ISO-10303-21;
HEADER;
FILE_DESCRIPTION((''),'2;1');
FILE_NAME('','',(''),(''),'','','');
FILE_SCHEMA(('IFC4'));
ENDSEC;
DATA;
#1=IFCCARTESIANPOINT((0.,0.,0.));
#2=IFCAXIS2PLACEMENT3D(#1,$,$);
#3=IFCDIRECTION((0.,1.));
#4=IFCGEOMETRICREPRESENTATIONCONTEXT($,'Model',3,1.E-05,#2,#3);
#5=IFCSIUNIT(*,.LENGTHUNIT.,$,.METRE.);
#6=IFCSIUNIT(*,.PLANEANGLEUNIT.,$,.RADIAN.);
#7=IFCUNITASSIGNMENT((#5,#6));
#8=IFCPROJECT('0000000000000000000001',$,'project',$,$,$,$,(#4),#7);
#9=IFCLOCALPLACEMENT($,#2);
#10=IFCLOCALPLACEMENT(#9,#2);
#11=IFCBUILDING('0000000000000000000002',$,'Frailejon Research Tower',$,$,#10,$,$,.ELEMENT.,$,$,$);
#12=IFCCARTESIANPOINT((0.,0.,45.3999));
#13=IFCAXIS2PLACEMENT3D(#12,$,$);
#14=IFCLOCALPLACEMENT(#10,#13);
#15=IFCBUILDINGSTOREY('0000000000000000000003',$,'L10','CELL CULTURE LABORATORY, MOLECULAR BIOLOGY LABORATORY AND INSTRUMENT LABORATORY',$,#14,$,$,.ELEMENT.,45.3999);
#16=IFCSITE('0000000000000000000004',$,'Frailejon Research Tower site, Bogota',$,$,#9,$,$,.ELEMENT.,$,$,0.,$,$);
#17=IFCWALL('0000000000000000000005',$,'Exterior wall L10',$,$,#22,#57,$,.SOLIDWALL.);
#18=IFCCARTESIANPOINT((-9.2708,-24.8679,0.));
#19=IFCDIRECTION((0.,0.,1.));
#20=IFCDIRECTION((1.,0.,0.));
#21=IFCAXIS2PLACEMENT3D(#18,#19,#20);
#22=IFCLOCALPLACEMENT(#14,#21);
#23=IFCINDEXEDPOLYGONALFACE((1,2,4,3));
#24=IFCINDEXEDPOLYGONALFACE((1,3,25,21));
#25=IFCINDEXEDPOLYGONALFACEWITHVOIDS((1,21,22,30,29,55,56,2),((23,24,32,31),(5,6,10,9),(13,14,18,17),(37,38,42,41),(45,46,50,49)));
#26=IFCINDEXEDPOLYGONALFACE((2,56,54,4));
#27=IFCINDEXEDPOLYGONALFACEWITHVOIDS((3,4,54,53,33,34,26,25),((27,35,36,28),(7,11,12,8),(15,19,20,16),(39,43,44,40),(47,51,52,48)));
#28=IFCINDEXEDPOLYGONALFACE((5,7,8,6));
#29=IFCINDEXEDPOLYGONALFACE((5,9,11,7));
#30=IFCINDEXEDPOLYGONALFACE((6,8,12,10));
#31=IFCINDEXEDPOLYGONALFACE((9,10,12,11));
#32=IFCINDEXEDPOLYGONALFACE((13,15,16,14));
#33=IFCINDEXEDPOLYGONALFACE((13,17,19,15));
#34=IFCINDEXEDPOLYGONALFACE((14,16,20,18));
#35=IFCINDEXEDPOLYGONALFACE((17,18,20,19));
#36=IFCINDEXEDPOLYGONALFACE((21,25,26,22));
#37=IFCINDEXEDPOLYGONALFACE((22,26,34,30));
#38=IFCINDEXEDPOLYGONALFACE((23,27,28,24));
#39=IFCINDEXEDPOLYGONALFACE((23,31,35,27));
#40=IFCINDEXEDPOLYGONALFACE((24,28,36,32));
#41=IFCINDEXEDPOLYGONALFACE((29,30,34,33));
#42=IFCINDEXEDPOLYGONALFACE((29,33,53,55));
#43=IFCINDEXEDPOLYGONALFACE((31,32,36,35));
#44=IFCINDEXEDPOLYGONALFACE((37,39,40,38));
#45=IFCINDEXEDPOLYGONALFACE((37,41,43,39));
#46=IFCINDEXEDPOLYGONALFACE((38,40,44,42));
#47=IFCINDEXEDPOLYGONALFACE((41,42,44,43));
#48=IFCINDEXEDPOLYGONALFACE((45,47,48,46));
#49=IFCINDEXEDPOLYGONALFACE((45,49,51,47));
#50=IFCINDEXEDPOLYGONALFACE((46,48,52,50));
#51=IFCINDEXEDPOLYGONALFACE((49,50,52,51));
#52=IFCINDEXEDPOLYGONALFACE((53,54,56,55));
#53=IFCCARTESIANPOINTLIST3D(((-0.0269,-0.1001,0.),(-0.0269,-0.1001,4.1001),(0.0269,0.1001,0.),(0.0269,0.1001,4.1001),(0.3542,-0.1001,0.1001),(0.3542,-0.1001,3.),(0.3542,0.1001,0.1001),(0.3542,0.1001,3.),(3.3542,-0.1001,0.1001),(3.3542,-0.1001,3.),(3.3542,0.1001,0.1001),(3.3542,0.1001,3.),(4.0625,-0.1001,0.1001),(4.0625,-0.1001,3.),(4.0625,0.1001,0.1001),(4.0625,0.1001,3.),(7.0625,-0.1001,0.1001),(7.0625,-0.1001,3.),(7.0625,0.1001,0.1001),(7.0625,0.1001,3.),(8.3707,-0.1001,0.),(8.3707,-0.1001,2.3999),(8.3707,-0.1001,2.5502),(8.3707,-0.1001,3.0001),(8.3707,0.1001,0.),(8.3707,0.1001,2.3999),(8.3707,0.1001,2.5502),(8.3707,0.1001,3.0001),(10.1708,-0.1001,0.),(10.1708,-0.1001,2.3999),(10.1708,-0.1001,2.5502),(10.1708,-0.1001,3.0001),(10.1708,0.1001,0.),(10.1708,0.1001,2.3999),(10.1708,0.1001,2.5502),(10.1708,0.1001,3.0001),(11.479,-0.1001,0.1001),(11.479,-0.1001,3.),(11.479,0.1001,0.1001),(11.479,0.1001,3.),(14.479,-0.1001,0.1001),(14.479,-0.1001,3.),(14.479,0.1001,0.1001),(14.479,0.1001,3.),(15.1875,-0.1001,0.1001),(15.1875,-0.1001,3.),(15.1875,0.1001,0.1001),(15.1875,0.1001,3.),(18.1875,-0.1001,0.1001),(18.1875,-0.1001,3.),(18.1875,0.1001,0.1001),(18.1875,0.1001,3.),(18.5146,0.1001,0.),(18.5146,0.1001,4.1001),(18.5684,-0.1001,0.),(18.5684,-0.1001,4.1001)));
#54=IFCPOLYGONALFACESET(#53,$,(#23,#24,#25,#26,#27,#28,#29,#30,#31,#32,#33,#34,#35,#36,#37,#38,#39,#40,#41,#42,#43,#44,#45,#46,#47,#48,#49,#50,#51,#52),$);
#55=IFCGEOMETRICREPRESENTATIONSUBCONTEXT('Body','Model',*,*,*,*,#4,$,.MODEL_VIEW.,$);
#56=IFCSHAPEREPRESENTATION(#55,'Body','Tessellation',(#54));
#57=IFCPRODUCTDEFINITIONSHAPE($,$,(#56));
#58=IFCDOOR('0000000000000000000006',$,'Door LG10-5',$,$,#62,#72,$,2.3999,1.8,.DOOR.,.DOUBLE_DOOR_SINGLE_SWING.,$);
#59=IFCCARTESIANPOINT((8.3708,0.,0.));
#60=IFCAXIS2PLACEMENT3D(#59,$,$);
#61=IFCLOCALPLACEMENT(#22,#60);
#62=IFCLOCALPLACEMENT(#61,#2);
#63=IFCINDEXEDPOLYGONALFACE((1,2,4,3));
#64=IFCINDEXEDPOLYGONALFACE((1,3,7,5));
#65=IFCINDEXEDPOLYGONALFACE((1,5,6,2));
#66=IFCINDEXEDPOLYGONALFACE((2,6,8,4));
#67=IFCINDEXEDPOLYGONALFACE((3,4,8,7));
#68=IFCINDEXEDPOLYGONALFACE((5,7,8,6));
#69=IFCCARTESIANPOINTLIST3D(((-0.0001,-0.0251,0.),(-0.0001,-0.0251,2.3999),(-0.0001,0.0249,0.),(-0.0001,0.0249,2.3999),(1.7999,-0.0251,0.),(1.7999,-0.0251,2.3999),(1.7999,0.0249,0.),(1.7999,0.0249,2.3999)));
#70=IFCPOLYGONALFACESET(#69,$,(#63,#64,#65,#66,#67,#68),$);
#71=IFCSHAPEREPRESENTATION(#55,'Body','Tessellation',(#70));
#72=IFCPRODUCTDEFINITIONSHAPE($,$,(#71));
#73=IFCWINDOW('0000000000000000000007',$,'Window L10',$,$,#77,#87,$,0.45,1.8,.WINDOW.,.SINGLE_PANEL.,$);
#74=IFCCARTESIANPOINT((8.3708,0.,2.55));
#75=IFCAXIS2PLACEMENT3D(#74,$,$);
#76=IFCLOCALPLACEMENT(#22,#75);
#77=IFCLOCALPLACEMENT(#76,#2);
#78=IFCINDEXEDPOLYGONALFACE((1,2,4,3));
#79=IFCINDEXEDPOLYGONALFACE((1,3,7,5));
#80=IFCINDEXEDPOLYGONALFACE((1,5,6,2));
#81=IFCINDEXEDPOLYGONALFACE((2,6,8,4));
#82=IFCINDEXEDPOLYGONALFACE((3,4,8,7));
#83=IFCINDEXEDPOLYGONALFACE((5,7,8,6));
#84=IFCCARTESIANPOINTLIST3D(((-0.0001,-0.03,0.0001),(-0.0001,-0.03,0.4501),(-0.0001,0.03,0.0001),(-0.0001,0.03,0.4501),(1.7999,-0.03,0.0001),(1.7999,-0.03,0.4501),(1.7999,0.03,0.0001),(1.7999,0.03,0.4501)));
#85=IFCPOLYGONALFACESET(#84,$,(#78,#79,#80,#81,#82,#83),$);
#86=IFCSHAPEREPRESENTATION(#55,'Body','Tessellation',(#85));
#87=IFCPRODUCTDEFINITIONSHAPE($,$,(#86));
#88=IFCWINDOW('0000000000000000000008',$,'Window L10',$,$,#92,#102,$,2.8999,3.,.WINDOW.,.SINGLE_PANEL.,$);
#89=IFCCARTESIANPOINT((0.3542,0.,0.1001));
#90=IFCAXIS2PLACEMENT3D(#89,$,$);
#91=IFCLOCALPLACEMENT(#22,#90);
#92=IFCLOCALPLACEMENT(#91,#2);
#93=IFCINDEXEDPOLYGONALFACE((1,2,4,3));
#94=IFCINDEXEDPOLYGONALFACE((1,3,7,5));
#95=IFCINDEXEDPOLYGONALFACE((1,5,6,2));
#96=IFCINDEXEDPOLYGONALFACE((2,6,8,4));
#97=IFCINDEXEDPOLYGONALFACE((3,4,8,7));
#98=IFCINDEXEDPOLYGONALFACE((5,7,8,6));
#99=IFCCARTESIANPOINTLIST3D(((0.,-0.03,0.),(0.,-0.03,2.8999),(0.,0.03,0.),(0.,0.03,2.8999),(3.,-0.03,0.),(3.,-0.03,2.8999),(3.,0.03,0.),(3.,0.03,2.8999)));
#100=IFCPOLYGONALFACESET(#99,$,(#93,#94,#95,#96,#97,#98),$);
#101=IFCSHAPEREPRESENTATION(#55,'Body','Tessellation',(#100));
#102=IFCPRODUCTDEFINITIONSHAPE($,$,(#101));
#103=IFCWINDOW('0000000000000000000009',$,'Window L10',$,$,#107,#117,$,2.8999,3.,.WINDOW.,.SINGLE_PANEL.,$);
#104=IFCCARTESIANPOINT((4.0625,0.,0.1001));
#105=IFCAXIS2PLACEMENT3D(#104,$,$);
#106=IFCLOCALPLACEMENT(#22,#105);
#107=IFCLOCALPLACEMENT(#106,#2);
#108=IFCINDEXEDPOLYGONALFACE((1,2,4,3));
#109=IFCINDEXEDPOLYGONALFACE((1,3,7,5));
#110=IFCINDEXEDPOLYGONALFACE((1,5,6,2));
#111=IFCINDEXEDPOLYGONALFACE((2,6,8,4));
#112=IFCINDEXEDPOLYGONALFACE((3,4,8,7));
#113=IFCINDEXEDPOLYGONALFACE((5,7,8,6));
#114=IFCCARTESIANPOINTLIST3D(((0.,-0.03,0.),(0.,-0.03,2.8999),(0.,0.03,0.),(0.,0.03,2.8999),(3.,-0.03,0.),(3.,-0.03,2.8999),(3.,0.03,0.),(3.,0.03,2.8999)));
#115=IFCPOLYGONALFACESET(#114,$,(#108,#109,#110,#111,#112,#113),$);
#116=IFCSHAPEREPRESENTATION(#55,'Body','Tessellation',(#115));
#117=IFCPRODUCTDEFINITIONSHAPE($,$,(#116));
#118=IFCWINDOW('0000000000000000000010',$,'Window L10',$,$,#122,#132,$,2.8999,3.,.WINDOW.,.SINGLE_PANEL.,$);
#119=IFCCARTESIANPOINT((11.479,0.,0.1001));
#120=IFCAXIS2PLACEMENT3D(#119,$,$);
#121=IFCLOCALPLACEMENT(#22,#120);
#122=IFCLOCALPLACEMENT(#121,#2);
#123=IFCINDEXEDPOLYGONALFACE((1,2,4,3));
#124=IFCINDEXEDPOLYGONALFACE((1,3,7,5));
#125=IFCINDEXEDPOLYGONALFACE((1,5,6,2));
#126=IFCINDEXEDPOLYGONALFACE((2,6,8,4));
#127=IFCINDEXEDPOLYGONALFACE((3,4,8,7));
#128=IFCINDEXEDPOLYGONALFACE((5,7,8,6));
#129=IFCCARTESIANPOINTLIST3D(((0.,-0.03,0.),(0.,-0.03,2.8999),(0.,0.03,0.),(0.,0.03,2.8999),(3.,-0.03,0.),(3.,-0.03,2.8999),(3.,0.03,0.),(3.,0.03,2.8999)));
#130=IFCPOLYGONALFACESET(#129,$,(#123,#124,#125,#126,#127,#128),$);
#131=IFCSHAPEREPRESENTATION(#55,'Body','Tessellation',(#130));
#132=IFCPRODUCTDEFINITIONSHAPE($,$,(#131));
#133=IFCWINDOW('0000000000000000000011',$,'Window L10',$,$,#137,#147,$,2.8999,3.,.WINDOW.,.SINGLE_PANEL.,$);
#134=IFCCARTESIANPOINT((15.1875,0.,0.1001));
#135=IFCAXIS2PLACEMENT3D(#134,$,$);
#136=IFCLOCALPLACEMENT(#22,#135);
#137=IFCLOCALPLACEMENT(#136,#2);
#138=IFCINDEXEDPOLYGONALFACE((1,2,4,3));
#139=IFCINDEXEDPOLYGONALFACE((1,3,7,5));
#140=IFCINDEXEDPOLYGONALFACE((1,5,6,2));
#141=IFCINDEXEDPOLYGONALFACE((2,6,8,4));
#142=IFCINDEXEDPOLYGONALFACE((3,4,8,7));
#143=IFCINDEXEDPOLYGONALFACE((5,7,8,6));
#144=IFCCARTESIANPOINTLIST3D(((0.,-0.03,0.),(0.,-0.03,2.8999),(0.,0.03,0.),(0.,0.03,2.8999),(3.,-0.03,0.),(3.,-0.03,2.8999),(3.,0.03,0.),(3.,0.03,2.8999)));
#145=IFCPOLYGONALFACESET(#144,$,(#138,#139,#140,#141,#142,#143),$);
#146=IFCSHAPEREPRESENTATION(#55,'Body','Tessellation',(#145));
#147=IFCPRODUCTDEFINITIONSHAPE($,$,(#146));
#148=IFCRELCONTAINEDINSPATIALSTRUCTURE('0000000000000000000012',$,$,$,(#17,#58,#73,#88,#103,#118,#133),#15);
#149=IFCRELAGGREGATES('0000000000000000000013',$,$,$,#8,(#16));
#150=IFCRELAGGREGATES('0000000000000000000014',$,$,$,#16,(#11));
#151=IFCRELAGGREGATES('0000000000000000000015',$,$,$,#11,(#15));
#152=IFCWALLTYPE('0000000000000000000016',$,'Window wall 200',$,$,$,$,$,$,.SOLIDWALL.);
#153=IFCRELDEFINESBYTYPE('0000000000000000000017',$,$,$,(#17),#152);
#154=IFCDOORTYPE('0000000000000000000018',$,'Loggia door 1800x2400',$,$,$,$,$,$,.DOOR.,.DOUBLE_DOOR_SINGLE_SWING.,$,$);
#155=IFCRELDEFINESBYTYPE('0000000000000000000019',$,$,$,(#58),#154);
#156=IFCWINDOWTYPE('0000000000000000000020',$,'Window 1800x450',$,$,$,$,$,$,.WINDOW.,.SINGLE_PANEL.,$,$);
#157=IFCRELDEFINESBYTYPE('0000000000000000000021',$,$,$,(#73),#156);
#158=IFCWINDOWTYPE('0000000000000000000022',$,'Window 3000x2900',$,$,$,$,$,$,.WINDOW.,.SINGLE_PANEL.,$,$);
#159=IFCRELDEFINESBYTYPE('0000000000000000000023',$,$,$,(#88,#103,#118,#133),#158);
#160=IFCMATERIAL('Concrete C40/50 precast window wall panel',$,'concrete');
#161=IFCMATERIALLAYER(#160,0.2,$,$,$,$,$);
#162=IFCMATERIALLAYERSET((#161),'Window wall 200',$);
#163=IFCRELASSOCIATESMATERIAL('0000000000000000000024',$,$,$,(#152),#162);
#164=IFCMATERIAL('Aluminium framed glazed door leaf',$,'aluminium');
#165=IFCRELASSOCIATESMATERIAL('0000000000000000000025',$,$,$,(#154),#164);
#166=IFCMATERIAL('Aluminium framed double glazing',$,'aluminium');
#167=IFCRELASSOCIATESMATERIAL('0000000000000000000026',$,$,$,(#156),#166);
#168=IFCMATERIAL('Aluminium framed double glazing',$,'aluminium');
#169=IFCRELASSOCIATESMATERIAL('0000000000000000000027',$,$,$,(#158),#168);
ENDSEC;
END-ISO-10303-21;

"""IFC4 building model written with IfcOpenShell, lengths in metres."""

from ifc_helpers import new_model, si_unit, direction, frame, frame_2d, origin, place, context, subcontext, project, spatial, polyline, rectangle, outline, extrude, material, layer, layer_set, type_object, element, fill, save


model = new_model("IFC4")

# Units and contexts
model_context = context("Model", 3, precision=1e-05, world=origin(), true_north=direction((0.0, 1.0)))
body_context = subcontext(model_context, "Body", "Model", "MODEL_VIEW")
ifc_project = project(units=[si_unit("LENGTHUNIT", "METRE"), si_unit("PLANEANGLEUNIT", "RADIAN")], contexts=[model_context])

# Site, building, storey
site_placement = place(None, origin())
site = spatial("IfcSite", under=ifc_project, at=site_placement, Name="Frailejon Research Tower site, Bogota", CompositionType="ELEMENT", RefElevation=0.0)
building_placement = place(site_placement, origin())
building = spatial("IfcBuilding", under=site, at=building_placement, Name="Frailejon Research Tower", CompositionType="ELEMENT")
storey_placement = place(building_placement, frame((0.0, 0.0, 45.3999)))
storey = spatial("IfcBuildingStorey", under=building, at=storey_placement, Name="L10", Description="CELL CULTURE LABORATORY, MOLECULAR BIOLOGY LABORATORY AND INSTRUMENT LABORATORY", CompositionType="ELEMENT", Elevation=45.3999)

# Wall, openings, door, windows
ifc_material_1 = material(Name="Concrete C40/50 precast window wall panel", Category="concrete")
ifc_layer_1 = layer(ifc_material_1, 0.2)
ifc_layer_set_1 = layer_set([ifc_layer_1], Name="Window wall 200")
wall_type_1 = type_object("IfcWallType", Name="Window wall 200", PredefinedType="SOLIDWALL", material=ifc_layer_set_1)
wall_1_placement = place(storey_placement, frame((-9.2708, -24.8679, 0.0), z_axis=(0.0, 0.0, 1.0), x_axis=(1.0, 0.0, 0.0)))
wall_1 = element("IfcWall", 1, at=wall_1_placement, inside=storey, type_object=wall_type_1, Name="Exterior wall L10", PredefinedType="SOLIDWALL", context=body_context, shape_type="SweptSolid", body=[
    extrude(outline(polyline([(-0.0269, -0.1001), (1.0061, -0.1001), (2.0393, -0.1001), (3.0723, -0.1001), (4.1055, -0.1001), (5.1384, -0.1001), (6.1716, -0.1001), (7.2046, -0.1001), (8.2378, -0.1001), (9.2708, -0.1001), (10.3037, -0.1001), (11.3369, -0.1001), (12.3699, -0.1001), (13.4031, -0.1001), (14.436, -0.1001), (15.4692, -0.1001), (16.5022, -0.1001), (17.5354, -0.1001), (18.5684, -0.1001), (18.5146, 0.1001), (17.4875, 0.1001), (16.4604, 0.1001), (15.4333, 0.1001), (14.4062, 0.1001), (13.3792, 0.1001), (12.3521, 0.1001), (11.325, 0.1001), (10.2979, 0.1001), (9.2708, 0.1001), (8.2437, 0.1001), (7.2166, 0.1001), (6.1895, 0.1001), (5.1624, 0.1001), (4.1353, 0.1001), (3.1082, 0.1001), (2.0811, 0.1001), (1.054, 0.1001), (0.0269, 0.1001), (-0.0269, -0.1001)])), origin(), (0.0, 0.0, 1.0), 4.1001),
])
opening_1_placement = place(wall_1_placement, frame((0.3542, 0.0, 0.1001)))
opening_1 = element("IfcOpeningElement", 2, at=opening_1_placement, cuts=wall_1, PredefinedType="OPENING", context=body_context, shape_type="SweptSolid", body=[
    extrude(rectangle(XDim=3.0, YDim=2.8999, at=frame_2d((1.5, 1.45))), frame((0.0, 0.1099, 0.0), z_axis=(0.0, -1.0, 0.0), x_axis=(1.0, 0.0, 0.0)), (0.0, 0.0, 1.0), 0.22),
])
opening_2_placement = place(wall_1_placement, frame((4.0625, 0.0, 0.1001)))
opening_2 = element("IfcOpeningElement", 3, at=opening_2_placement, cuts=wall_1, PredefinedType="OPENING", context=body_context, shape_type="SweptSolid", body=[
    extrude(rectangle(XDim=3.0, YDim=2.8999, at=frame_2d((1.5, 1.45))), frame((0.0, 0.1099, 0.0), z_axis=(0.0, -1.0, 0.0), x_axis=(1.0, 0.0, 0.0)), (0.0, 0.0, 1.0), 0.22),
])
opening_3_placement = place(wall_1_placement, frame((8.3708, 0.0, 0.0)))
opening_3 = element("IfcOpeningElement", 4, at=opening_3_placement, cuts=wall_1, PredefinedType="OPENING", context=body_context, shape_type="SweptSolid", body=[
    extrude(rectangle(XDim=1.8, YDim=2.3999, at=frame_2d((0.8999, 1.2))), frame((0.0, 0.1099, 0.0), z_axis=(0.0, -1.0, 0.0), x_axis=(1.0, 0.0, 0.0)), (0.0, 0.0, 1.0), 0.22),
])
opening_4_placement = place(wall_1_placement, frame((8.3708, 0.0, 2.55)))
opening_4 = element("IfcOpeningElement", 5, at=opening_4_placement, cuts=wall_1, PredefinedType="OPENING", context=body_context, shape_type="SweptSolid", body=[
    extrude(rectangle(XDim=1.8, YDim=0.45, at=frame_2d((0.8999, 0.2251))), frame((0.0, 0.1099, 0.0), z_axis=(0.0, -1.0, 0.0), x_axis=(1.0, 0.0, 0.0)), (0.0, 0.0, 1.0), 0.22),
])
opening_5_placement = place(wall_1_placement, frame((11.479, 0.0, 0.1001)))
opening_5 = element("IfcOpeningElement", 6, at=opening_5_placement, cuts=wall_1, PredefinedType="OPENING", context=body_context, shape_type="SweptSolid", body=[
    extrude(rectangle(XDim=3.0, YDim=2.8999, at=frame_2d((1.5, 1.45))), frame((0.0, 0.1099, 0.0), z_axis=(0.0, -1.0, 0.0), x_axis=(1.0, 0.0, 0.0)), (0.0, 0.0, 1.0), 0.22),
])
opening_6_placement = place(wall_1_placement, frame((15.1875, 0.0, 0.1001)))
opening_6 = element("IfcOpeningElement", 7, at=opening_6_placement, cuts=wall_1, PredefinedType="OPENING", context=body_context, shape_type="SweptSolid", body=[
    extrude(rectangle(XDim=3.0, YDim=2.8999, at=frame_2d((1.5, 1.45))), frame((0.0, 0.1099, 0.0), z_axis=(0.0, -1.0, 0.0), x_axis=(1.0, 0.0, 0.0)), (0.0, 0.0, 1.0), 0.22),
])
ifc_material_2 = material(Name="Aluminium framed glazed door leaf", Category="aluminium")
door_type = type_object("IfcDoorType", Name="Loggia door 1800x2400", OperationType="DOUBLE_DOOR_SINGLE_SWING", PredefinedType="DOOR", material=ifc_material_2)
door_placement = place(opening_3_placement, origin())
door = element("IfcDoor", 8, at=door_placement, inside=storey, type_object=door_type, Name="Door LG10-5", OperationType="DOUBLE_DOOR_SINGLE_SWING", OverallHeight=2.3999, OverallWidth=1.8, PredefinedType="DOOR", context=body_context, shape_type="SweptSolid", body=[
    extrude(rectangle(XDim=1.8, YDim=2.3999, at=frame_2d((0.8999, 1.2))), frame((0.0, 0.0249, 0.0), z_axis=(0.0, -1.0, 0.0), x_axis=(1.0, 0.0, 0.0)), (0.0, 0.0, 1.0), 0.05),
])
fill(opening_3, door)
ifc_material_3 = material(Name="Aluminium framed double glazing", Category="aluminium")
window_type_1 = type_object("IfcWindowType", Name="Window 1800x450", PartitioningType="SINGLE_PANEL", PredefinedType="WINDOW", material=ifc_material_3)
window_1_placement = place(opening_4_placement, origin())
window_1 = element("IfcWindow", 9, at=window_1_placement, inside=storey, type_object=window_type_1, Name="Window L10", OverallHeight=0.45, OverallWidth=1.8, PartitioningType="SINGLE_PANEL", PredefinedType="WINDOW", context=body_context, shape_type="SweptSolid", body=[
    extrude(rectangle(XDim=1.8, YDim=0.45, at=frame_2d((0.8999, 0.2251))), frame((0.0, 0.03, 0.0), z_axis=(0.0, -1.0, 0.0), x_axis=(1.0, 0.0, 0.0)), (0.0, 0.0, 1.0), 0.0601),
])
fill(opening_4, window_1)
ifc_material_4 = material(Name="Aluminium framed double glazing", Category="aluminium")
window_type_2 = type_object("IfcWindowType", Name="Window 3000x2900", PartitioningType="SINGLE_PANEL", PredefinedType="WINDOW", material=ifc_material_4)
window_2_placement = place(opening_1_placement, origin())
window_2 = element("IfcWindow", 10, at=window_2_placement, inside=storey, type_object=window_type_2, Name="Window L10", OverallHeight=2.8999, OverallWidth=3.0, PartitioningType="SINGLE_PANEL", PredefinedType="WINDOW", context=body_context, shape_type="SweptSolid", body=[
    extrude(rectangle(XDim=3.0, YDim=2.8999, at=frame_2d((1.5, 1.45))), frame((0.0, 0.03, 0.0), z_axis=(0.0, -1.0, 0.0), x_axis=(1.0, 0.0, 0.0)), (0.0, 0.0, 1.0), 0.0601),
])
fill(opening_1, window_2)
window_3_placement = place(opening_2_placement, origin())
window_3 = element("IfcWindow", 11, at=window_3_placement, inside=storey, type_object=window_type_2, Name="Window L10", OverallHeight=2.8999, OverallWidth=3.0, PartitioningType="SINGLE_PANEL", PredefinedType="WINDOW", context=body_context, shape_type="SweptSolid", body=[
    extrude(rectangle(XDim=3.0, YDim=2.8999, at=frame_2d((1.5, 1.45))), frame((0.0, 0.03, 0.0), z_axis=(0.0, -1.0, 0.0), x_axis=(1.0, 0.0, 0.0)), (0.0, 0.0, 1.0), 0.0601),
])
fill(opening_2, window_3)
window_4_placement = place(opening_5_placement, origin())
window_4 = element("IfcWindow", 12, at=window_4_placement, inside=storey, type_object=window_type_2, Name="Window L10", OverallHeight=2.8999, OverallWidth=3.0, PartitioningType="SINGLE_PANEL", PredefinedType="WINDOW", context=body_context, shape_type="SweptSolid", body=[
    extrude(rectangle(XDim=3.0, YDim=2.8999, at=frame_2d((1.5, 1.45))), frame((0.0, 0.03, 0.0), z_axis=(0.0, -1.0, 0.0), x_axis=(1.0, 0.0, 0.0)), (0.0, 0.0, 1.0), 0.0601),
])
fill(opening_5, window_4)
window_5_placement = place(opening_6_placement, origin())
window_5 = element("IfcWindow", 13, at=window_5_placement, inside=storey, type_object=window_type_2, Name="Window L10", OverallHeight=2.8999, OverallWidth=3.0, PartitioningType="SINGLE_PANEL", PredefinedType="WINDOW", context=body_context, shape_type="SweptSolid", body=[
    extrude(rectangle(XDim=3.0, YDim=2.8999, at=frame_2d((1.5, 1.45))), frame((0.0, 0.03, 0.0), z_axis=(0.0, -1.0, 0.0), x_axis=(1.0, 0.0, 0.0)), (0.0, 0.0, 1.0), 0.0601),
])
fill(opening_6, window_5)

save(model, "model.ifc")
